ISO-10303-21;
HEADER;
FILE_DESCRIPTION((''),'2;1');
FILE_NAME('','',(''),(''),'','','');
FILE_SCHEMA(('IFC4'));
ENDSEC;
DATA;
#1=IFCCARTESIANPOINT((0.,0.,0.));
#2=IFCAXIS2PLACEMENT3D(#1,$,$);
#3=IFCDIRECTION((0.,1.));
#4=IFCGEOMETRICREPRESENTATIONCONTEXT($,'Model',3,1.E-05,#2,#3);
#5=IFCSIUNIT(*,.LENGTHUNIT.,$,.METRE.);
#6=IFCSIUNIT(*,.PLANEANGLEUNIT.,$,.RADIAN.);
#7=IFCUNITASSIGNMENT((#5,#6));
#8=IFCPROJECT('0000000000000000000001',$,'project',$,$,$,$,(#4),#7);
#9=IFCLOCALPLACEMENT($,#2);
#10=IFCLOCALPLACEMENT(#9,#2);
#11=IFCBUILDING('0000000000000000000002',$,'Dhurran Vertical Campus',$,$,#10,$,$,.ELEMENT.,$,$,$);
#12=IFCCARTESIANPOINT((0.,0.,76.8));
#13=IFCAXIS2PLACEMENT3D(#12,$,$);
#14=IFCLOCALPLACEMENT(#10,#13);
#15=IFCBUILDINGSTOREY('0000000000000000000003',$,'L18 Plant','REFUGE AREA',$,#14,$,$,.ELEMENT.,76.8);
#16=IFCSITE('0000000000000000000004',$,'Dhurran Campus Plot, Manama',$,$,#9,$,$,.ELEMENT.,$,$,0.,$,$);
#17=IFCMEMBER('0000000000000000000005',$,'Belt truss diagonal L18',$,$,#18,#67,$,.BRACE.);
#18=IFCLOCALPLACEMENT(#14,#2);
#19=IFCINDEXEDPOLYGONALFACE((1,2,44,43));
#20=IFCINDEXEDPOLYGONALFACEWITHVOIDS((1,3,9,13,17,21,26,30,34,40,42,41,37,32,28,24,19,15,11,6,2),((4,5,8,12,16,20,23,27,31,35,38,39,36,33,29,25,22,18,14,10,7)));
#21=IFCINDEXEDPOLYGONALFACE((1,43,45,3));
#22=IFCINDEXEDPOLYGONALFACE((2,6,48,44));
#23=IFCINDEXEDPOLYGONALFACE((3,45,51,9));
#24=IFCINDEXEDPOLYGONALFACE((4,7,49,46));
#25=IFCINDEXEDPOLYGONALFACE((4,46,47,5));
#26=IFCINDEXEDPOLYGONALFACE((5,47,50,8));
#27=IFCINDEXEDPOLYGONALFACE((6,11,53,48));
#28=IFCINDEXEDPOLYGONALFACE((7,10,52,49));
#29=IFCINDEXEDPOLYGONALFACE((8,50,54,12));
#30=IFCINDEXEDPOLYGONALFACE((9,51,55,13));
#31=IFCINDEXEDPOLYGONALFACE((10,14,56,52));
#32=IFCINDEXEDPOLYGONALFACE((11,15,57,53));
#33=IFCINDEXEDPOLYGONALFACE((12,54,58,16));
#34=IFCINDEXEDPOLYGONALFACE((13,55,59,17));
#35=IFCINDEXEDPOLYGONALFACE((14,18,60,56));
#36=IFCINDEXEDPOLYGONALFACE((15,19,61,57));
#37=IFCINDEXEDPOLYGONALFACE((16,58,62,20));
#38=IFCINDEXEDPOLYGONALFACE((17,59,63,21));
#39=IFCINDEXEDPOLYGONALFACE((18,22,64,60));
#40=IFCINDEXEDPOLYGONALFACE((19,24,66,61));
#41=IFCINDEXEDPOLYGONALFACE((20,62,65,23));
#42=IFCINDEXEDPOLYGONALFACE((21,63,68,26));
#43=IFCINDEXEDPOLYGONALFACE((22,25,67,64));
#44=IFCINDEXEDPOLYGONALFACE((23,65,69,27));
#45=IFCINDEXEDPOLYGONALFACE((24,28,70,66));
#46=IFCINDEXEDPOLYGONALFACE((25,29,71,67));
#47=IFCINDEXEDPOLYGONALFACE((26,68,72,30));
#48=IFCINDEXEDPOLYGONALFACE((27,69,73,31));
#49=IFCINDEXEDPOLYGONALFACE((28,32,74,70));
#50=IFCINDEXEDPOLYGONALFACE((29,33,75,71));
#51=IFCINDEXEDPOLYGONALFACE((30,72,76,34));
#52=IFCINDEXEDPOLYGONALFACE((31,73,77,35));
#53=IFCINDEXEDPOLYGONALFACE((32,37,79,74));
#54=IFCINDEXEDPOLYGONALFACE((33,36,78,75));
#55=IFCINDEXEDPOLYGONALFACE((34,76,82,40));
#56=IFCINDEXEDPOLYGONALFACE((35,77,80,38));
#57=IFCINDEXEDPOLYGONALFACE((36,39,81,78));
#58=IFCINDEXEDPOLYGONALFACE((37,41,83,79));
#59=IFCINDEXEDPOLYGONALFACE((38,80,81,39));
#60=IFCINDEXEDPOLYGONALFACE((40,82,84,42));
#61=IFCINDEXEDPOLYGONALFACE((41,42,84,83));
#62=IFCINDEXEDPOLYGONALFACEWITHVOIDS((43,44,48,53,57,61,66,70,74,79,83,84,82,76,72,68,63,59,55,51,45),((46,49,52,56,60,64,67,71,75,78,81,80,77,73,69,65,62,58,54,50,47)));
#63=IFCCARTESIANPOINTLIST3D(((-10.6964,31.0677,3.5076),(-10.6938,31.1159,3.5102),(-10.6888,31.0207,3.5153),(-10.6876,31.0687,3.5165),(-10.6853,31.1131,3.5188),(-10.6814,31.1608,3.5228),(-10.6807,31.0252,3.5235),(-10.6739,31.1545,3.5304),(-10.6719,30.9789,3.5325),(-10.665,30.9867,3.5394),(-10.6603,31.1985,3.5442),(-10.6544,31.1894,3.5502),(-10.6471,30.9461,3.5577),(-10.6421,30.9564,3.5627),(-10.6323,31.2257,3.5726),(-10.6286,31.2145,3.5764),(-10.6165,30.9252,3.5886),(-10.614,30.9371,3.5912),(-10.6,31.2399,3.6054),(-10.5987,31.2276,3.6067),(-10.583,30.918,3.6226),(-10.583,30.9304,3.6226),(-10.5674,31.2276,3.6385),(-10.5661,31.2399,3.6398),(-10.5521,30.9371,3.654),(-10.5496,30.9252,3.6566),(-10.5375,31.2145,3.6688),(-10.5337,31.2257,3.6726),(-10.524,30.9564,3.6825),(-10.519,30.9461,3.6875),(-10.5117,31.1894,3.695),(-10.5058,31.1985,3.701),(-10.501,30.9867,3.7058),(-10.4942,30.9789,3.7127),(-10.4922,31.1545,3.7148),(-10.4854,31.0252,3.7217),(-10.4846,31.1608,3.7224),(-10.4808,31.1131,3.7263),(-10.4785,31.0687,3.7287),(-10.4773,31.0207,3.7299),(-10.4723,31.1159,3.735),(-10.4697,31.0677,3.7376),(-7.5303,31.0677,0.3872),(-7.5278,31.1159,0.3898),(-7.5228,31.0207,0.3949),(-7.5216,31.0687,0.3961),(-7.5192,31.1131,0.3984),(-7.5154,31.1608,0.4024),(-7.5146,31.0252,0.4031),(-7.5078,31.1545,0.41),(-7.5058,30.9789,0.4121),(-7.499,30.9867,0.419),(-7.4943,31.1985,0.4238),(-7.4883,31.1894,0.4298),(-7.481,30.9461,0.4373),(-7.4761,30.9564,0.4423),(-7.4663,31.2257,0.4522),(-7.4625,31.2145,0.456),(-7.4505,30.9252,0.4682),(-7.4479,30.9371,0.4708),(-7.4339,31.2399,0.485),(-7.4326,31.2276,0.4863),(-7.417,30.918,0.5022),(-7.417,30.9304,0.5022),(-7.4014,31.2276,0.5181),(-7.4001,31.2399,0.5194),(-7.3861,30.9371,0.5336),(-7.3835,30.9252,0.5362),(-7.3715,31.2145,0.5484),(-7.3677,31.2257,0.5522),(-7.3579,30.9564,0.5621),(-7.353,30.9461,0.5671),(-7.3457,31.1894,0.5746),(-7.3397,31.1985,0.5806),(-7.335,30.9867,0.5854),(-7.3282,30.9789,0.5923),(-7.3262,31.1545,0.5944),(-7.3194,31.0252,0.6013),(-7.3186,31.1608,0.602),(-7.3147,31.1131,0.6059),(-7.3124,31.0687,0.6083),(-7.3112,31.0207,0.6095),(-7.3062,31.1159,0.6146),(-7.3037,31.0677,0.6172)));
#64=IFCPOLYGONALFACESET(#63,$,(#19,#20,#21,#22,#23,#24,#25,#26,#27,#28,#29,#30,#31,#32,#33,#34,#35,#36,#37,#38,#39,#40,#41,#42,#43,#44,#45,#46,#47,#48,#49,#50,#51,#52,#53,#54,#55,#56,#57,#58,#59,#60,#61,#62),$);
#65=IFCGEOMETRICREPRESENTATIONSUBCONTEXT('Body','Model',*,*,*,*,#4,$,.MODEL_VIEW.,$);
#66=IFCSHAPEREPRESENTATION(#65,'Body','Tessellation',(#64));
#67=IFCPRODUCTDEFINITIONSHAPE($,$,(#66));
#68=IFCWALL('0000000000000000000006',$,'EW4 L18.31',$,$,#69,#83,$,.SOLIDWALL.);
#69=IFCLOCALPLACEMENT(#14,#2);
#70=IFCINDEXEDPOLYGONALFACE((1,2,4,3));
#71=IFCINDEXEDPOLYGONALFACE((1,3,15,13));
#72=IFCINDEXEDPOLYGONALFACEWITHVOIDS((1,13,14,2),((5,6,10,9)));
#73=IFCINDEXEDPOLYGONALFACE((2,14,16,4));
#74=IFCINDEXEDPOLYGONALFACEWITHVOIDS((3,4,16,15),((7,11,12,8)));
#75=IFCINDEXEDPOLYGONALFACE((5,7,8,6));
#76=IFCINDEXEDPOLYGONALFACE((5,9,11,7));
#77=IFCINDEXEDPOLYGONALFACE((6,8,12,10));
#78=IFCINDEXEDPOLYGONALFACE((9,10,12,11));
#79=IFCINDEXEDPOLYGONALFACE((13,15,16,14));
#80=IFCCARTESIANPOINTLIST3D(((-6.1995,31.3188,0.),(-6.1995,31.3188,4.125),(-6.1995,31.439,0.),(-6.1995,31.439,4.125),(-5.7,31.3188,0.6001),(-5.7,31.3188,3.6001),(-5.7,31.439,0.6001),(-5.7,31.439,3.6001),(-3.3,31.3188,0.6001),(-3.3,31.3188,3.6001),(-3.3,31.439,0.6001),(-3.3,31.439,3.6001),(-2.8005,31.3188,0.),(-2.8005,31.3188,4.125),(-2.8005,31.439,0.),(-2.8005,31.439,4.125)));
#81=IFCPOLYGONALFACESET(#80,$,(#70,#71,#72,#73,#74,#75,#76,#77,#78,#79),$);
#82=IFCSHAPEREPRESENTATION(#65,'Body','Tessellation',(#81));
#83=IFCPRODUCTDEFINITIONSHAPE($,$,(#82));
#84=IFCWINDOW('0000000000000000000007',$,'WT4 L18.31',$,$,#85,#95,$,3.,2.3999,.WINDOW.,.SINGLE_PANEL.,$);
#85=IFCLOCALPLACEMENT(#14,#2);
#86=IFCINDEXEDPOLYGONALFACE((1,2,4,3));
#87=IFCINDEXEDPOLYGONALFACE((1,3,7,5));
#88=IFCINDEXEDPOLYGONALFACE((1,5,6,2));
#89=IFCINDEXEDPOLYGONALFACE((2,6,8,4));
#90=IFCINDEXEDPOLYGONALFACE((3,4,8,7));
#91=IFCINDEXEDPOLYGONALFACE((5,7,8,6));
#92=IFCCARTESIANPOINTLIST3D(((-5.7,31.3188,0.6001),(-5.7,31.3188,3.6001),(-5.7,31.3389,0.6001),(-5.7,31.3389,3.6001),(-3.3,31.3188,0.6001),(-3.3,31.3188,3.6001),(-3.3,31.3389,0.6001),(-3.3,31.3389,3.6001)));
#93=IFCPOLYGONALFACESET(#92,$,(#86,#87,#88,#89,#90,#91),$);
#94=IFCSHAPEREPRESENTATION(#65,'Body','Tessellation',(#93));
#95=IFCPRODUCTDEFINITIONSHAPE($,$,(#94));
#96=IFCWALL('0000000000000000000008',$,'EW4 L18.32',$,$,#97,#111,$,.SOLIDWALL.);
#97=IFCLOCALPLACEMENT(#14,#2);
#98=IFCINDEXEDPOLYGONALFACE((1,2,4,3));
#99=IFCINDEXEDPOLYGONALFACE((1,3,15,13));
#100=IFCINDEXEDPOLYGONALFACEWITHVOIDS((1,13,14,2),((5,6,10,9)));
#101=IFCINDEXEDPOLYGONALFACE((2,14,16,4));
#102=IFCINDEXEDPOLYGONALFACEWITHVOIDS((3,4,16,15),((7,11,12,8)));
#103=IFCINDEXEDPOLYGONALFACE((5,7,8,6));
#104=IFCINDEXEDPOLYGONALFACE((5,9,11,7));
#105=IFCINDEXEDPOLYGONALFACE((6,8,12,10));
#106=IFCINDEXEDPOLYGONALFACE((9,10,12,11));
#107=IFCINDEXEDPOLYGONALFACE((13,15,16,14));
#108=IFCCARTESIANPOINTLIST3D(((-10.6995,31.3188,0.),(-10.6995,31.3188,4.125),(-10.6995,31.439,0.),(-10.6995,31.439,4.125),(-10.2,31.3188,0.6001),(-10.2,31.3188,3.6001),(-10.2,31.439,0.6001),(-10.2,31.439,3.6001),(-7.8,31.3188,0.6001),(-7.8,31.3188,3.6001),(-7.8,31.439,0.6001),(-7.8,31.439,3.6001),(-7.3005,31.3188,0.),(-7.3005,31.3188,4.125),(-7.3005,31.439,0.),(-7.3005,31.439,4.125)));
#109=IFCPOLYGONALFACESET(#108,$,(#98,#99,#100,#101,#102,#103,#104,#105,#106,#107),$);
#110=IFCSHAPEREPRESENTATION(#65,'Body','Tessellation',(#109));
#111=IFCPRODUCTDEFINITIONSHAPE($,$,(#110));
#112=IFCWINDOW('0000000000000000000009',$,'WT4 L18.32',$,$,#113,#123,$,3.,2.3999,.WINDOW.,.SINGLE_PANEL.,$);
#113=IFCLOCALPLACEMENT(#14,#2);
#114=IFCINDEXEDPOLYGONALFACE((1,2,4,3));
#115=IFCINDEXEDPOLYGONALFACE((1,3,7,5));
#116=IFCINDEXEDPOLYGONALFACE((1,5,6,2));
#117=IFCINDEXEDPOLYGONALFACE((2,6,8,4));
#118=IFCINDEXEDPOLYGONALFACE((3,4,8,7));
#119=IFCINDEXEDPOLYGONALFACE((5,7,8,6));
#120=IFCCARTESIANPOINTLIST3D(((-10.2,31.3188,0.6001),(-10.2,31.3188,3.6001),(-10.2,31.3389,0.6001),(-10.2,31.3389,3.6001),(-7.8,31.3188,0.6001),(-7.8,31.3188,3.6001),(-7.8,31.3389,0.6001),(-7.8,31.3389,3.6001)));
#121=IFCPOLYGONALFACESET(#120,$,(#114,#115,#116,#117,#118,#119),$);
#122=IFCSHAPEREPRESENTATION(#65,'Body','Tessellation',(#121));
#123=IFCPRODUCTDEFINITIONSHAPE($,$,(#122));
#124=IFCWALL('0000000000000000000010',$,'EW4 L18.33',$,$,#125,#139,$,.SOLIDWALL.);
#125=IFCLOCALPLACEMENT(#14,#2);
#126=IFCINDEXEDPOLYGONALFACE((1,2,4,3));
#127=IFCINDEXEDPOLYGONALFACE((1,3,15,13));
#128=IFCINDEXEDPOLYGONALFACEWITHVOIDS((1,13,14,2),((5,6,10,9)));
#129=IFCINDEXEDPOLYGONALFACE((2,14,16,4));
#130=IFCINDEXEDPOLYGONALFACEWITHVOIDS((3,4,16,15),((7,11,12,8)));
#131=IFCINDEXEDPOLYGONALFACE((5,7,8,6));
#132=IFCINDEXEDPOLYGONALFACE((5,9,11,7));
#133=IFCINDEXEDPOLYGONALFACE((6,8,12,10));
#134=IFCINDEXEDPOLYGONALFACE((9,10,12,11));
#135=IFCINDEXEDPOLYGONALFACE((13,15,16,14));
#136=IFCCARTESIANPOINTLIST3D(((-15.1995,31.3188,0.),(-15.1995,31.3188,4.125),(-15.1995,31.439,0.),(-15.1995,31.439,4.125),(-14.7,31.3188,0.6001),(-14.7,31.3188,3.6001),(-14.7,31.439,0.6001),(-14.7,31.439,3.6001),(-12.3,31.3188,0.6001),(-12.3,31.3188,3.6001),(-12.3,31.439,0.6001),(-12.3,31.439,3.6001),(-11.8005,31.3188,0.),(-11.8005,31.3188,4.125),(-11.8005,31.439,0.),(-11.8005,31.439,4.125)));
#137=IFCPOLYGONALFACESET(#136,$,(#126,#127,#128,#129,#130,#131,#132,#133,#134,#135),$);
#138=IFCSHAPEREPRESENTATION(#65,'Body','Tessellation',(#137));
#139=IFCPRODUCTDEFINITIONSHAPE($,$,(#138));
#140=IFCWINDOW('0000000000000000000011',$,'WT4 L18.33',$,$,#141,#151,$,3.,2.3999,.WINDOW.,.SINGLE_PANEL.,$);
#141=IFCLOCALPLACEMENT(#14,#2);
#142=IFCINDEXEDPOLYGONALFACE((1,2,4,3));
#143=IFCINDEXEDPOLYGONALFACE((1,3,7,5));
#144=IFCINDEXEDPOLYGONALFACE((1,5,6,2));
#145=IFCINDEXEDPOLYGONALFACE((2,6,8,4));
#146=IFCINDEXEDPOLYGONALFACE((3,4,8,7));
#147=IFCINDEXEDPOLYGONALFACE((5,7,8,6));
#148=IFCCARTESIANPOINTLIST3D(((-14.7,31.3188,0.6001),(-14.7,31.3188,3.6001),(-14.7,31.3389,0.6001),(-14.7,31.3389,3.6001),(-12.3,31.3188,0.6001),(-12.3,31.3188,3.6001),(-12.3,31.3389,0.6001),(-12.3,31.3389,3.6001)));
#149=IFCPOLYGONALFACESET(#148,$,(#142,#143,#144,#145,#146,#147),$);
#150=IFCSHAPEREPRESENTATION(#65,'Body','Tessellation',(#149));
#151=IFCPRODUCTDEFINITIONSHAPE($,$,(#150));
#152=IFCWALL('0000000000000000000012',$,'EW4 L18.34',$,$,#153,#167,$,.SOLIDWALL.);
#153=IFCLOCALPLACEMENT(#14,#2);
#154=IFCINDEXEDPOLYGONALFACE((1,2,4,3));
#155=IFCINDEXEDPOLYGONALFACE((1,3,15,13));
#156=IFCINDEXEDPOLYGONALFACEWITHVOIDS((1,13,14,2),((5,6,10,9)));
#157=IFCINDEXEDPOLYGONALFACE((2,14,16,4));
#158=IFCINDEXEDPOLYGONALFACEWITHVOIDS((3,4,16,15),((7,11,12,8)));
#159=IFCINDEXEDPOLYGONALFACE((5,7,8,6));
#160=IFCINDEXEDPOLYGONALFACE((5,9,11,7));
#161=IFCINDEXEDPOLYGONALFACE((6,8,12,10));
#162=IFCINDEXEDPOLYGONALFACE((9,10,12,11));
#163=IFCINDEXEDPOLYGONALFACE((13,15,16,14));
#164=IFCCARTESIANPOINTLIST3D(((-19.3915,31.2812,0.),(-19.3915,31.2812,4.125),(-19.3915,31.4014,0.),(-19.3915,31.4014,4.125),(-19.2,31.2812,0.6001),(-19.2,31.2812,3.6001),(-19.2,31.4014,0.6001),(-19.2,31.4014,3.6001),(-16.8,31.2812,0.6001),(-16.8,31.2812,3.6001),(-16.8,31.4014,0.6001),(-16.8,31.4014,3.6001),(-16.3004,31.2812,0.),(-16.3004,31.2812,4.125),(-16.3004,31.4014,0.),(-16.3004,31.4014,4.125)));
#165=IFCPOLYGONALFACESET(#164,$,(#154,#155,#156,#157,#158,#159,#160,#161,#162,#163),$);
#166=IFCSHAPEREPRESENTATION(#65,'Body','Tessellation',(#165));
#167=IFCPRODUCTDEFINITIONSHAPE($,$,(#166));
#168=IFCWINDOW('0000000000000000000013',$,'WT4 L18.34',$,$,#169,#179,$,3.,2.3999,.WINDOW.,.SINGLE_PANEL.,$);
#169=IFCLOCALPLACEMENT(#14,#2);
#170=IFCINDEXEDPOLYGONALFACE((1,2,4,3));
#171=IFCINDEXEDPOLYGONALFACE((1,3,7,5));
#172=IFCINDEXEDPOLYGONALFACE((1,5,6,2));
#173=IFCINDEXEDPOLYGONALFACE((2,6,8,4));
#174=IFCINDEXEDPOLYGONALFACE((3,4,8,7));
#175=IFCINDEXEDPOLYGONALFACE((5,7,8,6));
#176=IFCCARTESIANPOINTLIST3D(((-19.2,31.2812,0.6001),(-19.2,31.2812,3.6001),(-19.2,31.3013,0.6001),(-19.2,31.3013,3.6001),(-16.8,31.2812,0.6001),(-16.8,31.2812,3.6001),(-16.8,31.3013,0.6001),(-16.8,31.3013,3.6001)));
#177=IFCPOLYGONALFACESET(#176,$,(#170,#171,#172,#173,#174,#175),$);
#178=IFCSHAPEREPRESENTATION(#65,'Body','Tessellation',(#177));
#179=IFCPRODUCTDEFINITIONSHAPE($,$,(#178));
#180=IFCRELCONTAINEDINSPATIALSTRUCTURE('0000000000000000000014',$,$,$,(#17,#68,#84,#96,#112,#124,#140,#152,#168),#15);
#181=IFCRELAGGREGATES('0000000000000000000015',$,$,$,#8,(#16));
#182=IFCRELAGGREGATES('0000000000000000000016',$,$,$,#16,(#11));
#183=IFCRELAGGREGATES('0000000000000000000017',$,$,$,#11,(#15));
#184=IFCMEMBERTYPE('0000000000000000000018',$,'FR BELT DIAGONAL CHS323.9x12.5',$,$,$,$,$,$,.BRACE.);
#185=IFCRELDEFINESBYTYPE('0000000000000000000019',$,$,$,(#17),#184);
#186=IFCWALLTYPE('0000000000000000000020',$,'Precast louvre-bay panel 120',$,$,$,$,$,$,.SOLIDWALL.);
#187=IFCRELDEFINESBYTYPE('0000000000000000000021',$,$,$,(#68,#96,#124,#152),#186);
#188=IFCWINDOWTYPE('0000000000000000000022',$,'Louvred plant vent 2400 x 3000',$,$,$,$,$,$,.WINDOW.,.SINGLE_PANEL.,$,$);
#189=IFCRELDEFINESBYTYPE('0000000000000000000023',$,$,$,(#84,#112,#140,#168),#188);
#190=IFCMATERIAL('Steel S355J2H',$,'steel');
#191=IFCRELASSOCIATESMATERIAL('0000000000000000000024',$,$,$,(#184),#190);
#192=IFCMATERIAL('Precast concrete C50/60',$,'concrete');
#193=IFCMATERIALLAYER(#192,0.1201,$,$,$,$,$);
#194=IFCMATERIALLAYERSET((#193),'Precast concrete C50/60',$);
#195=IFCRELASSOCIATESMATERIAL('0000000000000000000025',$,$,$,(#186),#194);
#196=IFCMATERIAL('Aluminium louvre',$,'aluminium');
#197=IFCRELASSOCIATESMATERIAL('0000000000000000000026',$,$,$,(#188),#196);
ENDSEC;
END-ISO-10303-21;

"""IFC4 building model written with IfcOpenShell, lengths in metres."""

from ifc_helpers import new_model, si_unit, direction, frame, frame_2d, origin, origin_2d, place, context, subcontext, project, spatial, rectangle, hollow_circle, extrude, material, layer, layer_set, material_profile, profile_set, type_object, element, fill, save


model = new_model("IFC4")

# Units and contexts
model_context = context("Model", 3, precision=1e-05, world=origin(), true_north=direction((0.0, 1.0)))
body_context = subcontext(model_context, "Body", "Model", "MODEL_VIEW")
ifc_project = project(units=[si_unit("LENGTHUNIT", "METRE"), si_unit("PLANEANGLEUNIT", "RADIAN")], contexts=[model_context])

# Site, building, storey
site_placement = place(None, origin())
site = spatial("IfcSite", under=ifc_project, at=site_placement, Name="Dhurran Campus Plot, Manama", CompositionType="ELEMENT", RefElevation=0.0)
building_placement = place(site_placement, origin())
building = spatial("IfcBuilding", under=site, at=building_placement, Name="Dhurran Vertical Campus", CompositionType="ELEMENT")
storey_placement = place(building_placement, frame((0.0, 0.0, 76.8)))
storey = spatial("IfcBuildingStorey", under=building, at=storey_placement, Name="L18 Plant", Description="REFUGE AREA", CompositionType="ELEMENT", Elevation=76.8)

# Member
ifc_material_1 = material(Name="Steel S355J2H", Category="steel")
ifc_material_profile_1 = material_profile(ifc_material_1, hollow_circle(Radius=0.1619, WallThickness=0.0125, at=origin_2d()), Name="CHS323.9x12.5")
ifc_profile_set_1 = profile_set([ifc_material_profile_1], Name="Steel S355J2H")
member_type = type_object("IfcMemberType", Name="FR BELT DIAGONAL CHS323.9x12.5", PredefinedType="BRACE", material=ifc_profile_set_1)
for number, where, z_axis, x_axis, name in (
    (1, (-7.417, 31.0798, 0.5022), (-0.712223, 0.0, 0.701953), (0.0, -1.0, 0.0), "Belt truss diagonal L18"),
):
    element("IfcMember", number, at=place(storey_placement, frame(where, z_axis=z_axis, x_axis=x_axis)), inside=storey, type_object=member_type, Name=name, PredefinedType="BRACE", context=body_context, shape_type="SweptSolid", body=[
        extrude(hollow_circle(Radius=0.1619, WallThickness=0.0125, at=origin_2d()), origin(), (0.0, 0.0, 1.0), 4.4453),
    ])

# Walls, openings, windows
ifc_material_2 = material(Name="Precast concrete C50/60", Category="concrete")
ifc_layer = layer(ifc_material_2, 0.1201)
ifc_layer_set = layer_set([ifc_layer], Name="Precast concrete C50/60")
wall_type = type_object("IfcWallType", Name="Precast louvre-bay panel 120", PredefinedType="SOLIDWALL", material=ifc_layer_set)
wall_1_placement = place(storey_placement, frame((-2.8005, 31.3789, 0.0), z_axis=(0.0, 0.0, 1.0), x_axis=(-1.0, 0.0, 0.0)))
wall_1 = element("IfcWall", 2, at=wall_1_placement, inside=storey, type_object=wall_type, Name="EW4 L18.31", PredefinedType="SOLIDWALL", context=body_context, shape_type="SweptSolid", body=[
    extrude(rectangle(XDim=3.3989, YDim=0.1201, at=frame_2d((1.6995, 0.0))), origin(), (0.0, 0.0, 1.0), 4.125),
])
opening_1_placement = place(wall_1_placement, frame((0.4995, 0.0, 0.6001)))
opening_1 = element("IfcOpeningElement", 3, at=opening_1_placement, cuts=wall_1, PredefinedType="OPENING", context=body_context, shape_type="SweptSolid", body=[
    extrude(rectangle(XDim=2.3999, YDim=3.0, at=frame_2d((1.2, 1.5))), frame((0.0, 0.0701, 0.0), z_axis=(0.0, -1.0, 0.0), x_axis=(1.0, 0.0, 0.0)), (0.0, 0.0, 1.0), 0.1401),
])
ifc_material_3 = material(Name="Aluminium louvre", Category="aluminium")
window_type = type_object("IfcWindowType", Name="Louvred plant vent 2400 x 3000", PartitioningType="SINGLE_PANEL", PredefinedType="WINDOW", material=ifc_material_3)
window_1_placement = place(opening_1_placement, origin())
window_1 = element("IfcWindow", 4, at=window_1_placement, inside=storey, type_object=window_type, Name="WT4 L18.31", OverallHeight=3.0, OverallWidth=2.3999, PartitioningType="SINGLE_PANEL", PredefinedType="WINDOW", context=body_context, shape_type="SweptSolid", body=[
    extrude(rectangle(XDim=2.3999, YDim=3.0, at=frame_2d((1.2, 1.5))), frame((0.0, 0.0601, 0.0), z_axis=(0.0, -1.0, 0.0), x_axis=(1.0, 0.0, 0.0)), (0.0, 0.0, 1.0), 0.02),
])
fill(opening_1, window_1)
wall_2_placement = place(storey_placement, frame((-7.3005, 31.3789, 0.0), z_axis=(0.0, 0.0, 1.0), x_axis=(-1.0, 0.0, 0.0)))
wall_2 = element("IfcWall", 5, at=wall_2_placement, inside=storey, type_object=wall_type, Name="EW4 L18.32", PredefinedType="SOLIDWALL", context=body_context, shape_type="SweptSolid", body=[
    extrude(rectangle(XDim=3.3989, YDim=0.1201, at=frame_2d((1.6995, 0.0))), origin(), (0.0, 0.0, 1.0), 4.125),
])
opening_2_placement = place(wall_2_placement, frame((0.4995, 0.0, 0.6001)))
opening_2 = element("IfcOpeningElement", 6, at=opening_2_placement, cuts=wall_2, PredefinedType="OPENING", context=body_context, shape_type="SweptSolid", body=[
    extrude(rectangle(XDim=2.3999, YDim=3.0, at=frame_2d((1.2, 1.5))), frame((0.0, 0.0701, 0.0), z_axis=(0.0, -1.0, 0.0), x_axis=(1.0, 0.0, 0.0)), (0.0, 0.0, 1.0), 0.1401),
])
window_2_placement = place(opening_2_placement, origin())
window_2 = element("IfcWindow", 7, at=window_2_placement, inside=storey, type_object=window_type, Name="WT4 L18.32", OverallHeight=3.0, OverallWidth=2.3999, PartitioningType="SINGLE_PANEL", PredefinedType="WINDOW", context=body_context, shape_type="SweptSolid", body=[
    extrude(rectangle(XDim=2.3999, YDim=3.0, at=frame_2d((1.2, 1.5))), frame((0.0, 0.0601, 0.0), z_axis=(0.0, -1.0, 0.0), x_axis=(1.0, 0.0, 0.0)), (0.0, 0.0, 1.0), 0.02),
])
fill(opening_2, window_2)
wall_3_placement = place(storey_placement, frame((-11.8005, 31.3789, 0.0), z_axis=(0.0, 0.0, 1.0), x_axis=(-1.0, 0.0, 0.0)))
wall_3 = element("IfcWall", 8, at=wall_3_placement, inside=storey, type_object=wall_type, Name="EW4 L18.33", PredefinedType="SOLIDWALL", context=body_context, shape_type="SweptSolid", body=[
    extrude(rectangle(XDim=3.3989, YDim=0.1201, at=frame_2d((1.6995, 0.0))), origin(), (0.0, 0.0, 1.0), 4.125),
])
opening_3_placement = place(wall_3_placement, frame((0.4995, 0.0, 0.6001)))
opening_3 = element("IfcOpeningElement", 9, at=opening_3_placement, cuts=wall_3, PredefinedType="OPENING", context=body_context, shape_type="SweptSolid", body=[
    extrude(rectangle(XDim=2.3999, YDim=3.0, at=frame_2d((1.2, 1.5))), frame((0.0, 0.0701, 0.0), z_axis=(0.0, -1.0, 0.0), x_axis=(1.0, 0.0, 0.0)), (0.0, 0.0, 1.0), 0.1401),
])
window_3_placement = place(opening_3_placement, origin())
window_3 = element("IfcWindow", 10, at=window_3_placement, inside=storey, type_object=window_type, Name="WT4 L18.33", OverallHeight=3.0, OverallWidth=2.3999, PartitioningType="SINGLE_PANEL", PredefinedType="WINDOW", context=body_context, shape_type="SweptSolid", body=[
    extrude(rectangle(XDim=2.3999, YDim=3.0, at=frame_2d((1.2, 1.5))), frame((0.0, 0.0601, 0.0), z_axis=(0.0, -1.0, 0.0), x_axis=(1.0, 0.0, 0.0)), (0.0, 0.0, 1.0), 0.02),
])
fill(opening_3, window_3)
wall_4_placement = place(storey_placement, frame((-16.3005, 31.3413, 0.0), z_axis=(0.0, 0.0, 1.0), x_axis=(-1.0, 0.0, 0.0)))
wall_4 = element("IfcWall", 11, at=wall_4_placement, inside=storey, type_object=wall_type, Name="EW4 L18.34", PredefinedType="SOLIDWALL", context=body_context, shape_type="SweptSolid", body=[
    extrude(rectangle(XDim=3.0911, YDim=0.1201, at=frame_2d((1.5454, 0.0))), origin(), (0.0, 0.0, 1.0), 4.125),
])
opening_4_placement = place(wall_4_placement, frame((0.4995, 0.0, 0.6001)))
opening_4 = element("IfcOpeningElement", 12, at=opening_4_placement, cuts=wall_4, PredefinedType="OPENING", context=body_context, shape_type="SweptSolid", body=[
    extrude(rectangle(XDim=2.3999, YDim=3.0, at=frame_2d((1.2, 1.5))), frame((0.0, 0.0701, 0.0), z_axis=(0.0, -1.0, 0.0), x_axis=(1.0, 0.0, 0.0)), (0.0, 0.0, 1.0), 0.1401),
])
window_4_placement = place(opening_4_placement, origin())
window_4 = element("IfcWindow", 13, at=window_4_placement, inside=storey, type_object=window_type, Name="WT4 L18.34", OverallHeight=3.0, OverallWidth=2.3999, PartitioningType="SINGLE_PANEL", PredefinedType="WINDOW", context=body_context, shape_type="SweptSolid", body=[
    extrude(rectangle(XDim=2.3999, YDim=3.0, at=frame_2d((1.2, 1.5))), frame((0.0, 0.0601, 0.0), z_axis=(0.0, -1.0, 0.0), x_axis=(1.0, 0.0, 0.0)), (0.0, 0.0, 1.0), 0.02),
])
fill(opening_4, window_4)

save(model, "model.ifc")
